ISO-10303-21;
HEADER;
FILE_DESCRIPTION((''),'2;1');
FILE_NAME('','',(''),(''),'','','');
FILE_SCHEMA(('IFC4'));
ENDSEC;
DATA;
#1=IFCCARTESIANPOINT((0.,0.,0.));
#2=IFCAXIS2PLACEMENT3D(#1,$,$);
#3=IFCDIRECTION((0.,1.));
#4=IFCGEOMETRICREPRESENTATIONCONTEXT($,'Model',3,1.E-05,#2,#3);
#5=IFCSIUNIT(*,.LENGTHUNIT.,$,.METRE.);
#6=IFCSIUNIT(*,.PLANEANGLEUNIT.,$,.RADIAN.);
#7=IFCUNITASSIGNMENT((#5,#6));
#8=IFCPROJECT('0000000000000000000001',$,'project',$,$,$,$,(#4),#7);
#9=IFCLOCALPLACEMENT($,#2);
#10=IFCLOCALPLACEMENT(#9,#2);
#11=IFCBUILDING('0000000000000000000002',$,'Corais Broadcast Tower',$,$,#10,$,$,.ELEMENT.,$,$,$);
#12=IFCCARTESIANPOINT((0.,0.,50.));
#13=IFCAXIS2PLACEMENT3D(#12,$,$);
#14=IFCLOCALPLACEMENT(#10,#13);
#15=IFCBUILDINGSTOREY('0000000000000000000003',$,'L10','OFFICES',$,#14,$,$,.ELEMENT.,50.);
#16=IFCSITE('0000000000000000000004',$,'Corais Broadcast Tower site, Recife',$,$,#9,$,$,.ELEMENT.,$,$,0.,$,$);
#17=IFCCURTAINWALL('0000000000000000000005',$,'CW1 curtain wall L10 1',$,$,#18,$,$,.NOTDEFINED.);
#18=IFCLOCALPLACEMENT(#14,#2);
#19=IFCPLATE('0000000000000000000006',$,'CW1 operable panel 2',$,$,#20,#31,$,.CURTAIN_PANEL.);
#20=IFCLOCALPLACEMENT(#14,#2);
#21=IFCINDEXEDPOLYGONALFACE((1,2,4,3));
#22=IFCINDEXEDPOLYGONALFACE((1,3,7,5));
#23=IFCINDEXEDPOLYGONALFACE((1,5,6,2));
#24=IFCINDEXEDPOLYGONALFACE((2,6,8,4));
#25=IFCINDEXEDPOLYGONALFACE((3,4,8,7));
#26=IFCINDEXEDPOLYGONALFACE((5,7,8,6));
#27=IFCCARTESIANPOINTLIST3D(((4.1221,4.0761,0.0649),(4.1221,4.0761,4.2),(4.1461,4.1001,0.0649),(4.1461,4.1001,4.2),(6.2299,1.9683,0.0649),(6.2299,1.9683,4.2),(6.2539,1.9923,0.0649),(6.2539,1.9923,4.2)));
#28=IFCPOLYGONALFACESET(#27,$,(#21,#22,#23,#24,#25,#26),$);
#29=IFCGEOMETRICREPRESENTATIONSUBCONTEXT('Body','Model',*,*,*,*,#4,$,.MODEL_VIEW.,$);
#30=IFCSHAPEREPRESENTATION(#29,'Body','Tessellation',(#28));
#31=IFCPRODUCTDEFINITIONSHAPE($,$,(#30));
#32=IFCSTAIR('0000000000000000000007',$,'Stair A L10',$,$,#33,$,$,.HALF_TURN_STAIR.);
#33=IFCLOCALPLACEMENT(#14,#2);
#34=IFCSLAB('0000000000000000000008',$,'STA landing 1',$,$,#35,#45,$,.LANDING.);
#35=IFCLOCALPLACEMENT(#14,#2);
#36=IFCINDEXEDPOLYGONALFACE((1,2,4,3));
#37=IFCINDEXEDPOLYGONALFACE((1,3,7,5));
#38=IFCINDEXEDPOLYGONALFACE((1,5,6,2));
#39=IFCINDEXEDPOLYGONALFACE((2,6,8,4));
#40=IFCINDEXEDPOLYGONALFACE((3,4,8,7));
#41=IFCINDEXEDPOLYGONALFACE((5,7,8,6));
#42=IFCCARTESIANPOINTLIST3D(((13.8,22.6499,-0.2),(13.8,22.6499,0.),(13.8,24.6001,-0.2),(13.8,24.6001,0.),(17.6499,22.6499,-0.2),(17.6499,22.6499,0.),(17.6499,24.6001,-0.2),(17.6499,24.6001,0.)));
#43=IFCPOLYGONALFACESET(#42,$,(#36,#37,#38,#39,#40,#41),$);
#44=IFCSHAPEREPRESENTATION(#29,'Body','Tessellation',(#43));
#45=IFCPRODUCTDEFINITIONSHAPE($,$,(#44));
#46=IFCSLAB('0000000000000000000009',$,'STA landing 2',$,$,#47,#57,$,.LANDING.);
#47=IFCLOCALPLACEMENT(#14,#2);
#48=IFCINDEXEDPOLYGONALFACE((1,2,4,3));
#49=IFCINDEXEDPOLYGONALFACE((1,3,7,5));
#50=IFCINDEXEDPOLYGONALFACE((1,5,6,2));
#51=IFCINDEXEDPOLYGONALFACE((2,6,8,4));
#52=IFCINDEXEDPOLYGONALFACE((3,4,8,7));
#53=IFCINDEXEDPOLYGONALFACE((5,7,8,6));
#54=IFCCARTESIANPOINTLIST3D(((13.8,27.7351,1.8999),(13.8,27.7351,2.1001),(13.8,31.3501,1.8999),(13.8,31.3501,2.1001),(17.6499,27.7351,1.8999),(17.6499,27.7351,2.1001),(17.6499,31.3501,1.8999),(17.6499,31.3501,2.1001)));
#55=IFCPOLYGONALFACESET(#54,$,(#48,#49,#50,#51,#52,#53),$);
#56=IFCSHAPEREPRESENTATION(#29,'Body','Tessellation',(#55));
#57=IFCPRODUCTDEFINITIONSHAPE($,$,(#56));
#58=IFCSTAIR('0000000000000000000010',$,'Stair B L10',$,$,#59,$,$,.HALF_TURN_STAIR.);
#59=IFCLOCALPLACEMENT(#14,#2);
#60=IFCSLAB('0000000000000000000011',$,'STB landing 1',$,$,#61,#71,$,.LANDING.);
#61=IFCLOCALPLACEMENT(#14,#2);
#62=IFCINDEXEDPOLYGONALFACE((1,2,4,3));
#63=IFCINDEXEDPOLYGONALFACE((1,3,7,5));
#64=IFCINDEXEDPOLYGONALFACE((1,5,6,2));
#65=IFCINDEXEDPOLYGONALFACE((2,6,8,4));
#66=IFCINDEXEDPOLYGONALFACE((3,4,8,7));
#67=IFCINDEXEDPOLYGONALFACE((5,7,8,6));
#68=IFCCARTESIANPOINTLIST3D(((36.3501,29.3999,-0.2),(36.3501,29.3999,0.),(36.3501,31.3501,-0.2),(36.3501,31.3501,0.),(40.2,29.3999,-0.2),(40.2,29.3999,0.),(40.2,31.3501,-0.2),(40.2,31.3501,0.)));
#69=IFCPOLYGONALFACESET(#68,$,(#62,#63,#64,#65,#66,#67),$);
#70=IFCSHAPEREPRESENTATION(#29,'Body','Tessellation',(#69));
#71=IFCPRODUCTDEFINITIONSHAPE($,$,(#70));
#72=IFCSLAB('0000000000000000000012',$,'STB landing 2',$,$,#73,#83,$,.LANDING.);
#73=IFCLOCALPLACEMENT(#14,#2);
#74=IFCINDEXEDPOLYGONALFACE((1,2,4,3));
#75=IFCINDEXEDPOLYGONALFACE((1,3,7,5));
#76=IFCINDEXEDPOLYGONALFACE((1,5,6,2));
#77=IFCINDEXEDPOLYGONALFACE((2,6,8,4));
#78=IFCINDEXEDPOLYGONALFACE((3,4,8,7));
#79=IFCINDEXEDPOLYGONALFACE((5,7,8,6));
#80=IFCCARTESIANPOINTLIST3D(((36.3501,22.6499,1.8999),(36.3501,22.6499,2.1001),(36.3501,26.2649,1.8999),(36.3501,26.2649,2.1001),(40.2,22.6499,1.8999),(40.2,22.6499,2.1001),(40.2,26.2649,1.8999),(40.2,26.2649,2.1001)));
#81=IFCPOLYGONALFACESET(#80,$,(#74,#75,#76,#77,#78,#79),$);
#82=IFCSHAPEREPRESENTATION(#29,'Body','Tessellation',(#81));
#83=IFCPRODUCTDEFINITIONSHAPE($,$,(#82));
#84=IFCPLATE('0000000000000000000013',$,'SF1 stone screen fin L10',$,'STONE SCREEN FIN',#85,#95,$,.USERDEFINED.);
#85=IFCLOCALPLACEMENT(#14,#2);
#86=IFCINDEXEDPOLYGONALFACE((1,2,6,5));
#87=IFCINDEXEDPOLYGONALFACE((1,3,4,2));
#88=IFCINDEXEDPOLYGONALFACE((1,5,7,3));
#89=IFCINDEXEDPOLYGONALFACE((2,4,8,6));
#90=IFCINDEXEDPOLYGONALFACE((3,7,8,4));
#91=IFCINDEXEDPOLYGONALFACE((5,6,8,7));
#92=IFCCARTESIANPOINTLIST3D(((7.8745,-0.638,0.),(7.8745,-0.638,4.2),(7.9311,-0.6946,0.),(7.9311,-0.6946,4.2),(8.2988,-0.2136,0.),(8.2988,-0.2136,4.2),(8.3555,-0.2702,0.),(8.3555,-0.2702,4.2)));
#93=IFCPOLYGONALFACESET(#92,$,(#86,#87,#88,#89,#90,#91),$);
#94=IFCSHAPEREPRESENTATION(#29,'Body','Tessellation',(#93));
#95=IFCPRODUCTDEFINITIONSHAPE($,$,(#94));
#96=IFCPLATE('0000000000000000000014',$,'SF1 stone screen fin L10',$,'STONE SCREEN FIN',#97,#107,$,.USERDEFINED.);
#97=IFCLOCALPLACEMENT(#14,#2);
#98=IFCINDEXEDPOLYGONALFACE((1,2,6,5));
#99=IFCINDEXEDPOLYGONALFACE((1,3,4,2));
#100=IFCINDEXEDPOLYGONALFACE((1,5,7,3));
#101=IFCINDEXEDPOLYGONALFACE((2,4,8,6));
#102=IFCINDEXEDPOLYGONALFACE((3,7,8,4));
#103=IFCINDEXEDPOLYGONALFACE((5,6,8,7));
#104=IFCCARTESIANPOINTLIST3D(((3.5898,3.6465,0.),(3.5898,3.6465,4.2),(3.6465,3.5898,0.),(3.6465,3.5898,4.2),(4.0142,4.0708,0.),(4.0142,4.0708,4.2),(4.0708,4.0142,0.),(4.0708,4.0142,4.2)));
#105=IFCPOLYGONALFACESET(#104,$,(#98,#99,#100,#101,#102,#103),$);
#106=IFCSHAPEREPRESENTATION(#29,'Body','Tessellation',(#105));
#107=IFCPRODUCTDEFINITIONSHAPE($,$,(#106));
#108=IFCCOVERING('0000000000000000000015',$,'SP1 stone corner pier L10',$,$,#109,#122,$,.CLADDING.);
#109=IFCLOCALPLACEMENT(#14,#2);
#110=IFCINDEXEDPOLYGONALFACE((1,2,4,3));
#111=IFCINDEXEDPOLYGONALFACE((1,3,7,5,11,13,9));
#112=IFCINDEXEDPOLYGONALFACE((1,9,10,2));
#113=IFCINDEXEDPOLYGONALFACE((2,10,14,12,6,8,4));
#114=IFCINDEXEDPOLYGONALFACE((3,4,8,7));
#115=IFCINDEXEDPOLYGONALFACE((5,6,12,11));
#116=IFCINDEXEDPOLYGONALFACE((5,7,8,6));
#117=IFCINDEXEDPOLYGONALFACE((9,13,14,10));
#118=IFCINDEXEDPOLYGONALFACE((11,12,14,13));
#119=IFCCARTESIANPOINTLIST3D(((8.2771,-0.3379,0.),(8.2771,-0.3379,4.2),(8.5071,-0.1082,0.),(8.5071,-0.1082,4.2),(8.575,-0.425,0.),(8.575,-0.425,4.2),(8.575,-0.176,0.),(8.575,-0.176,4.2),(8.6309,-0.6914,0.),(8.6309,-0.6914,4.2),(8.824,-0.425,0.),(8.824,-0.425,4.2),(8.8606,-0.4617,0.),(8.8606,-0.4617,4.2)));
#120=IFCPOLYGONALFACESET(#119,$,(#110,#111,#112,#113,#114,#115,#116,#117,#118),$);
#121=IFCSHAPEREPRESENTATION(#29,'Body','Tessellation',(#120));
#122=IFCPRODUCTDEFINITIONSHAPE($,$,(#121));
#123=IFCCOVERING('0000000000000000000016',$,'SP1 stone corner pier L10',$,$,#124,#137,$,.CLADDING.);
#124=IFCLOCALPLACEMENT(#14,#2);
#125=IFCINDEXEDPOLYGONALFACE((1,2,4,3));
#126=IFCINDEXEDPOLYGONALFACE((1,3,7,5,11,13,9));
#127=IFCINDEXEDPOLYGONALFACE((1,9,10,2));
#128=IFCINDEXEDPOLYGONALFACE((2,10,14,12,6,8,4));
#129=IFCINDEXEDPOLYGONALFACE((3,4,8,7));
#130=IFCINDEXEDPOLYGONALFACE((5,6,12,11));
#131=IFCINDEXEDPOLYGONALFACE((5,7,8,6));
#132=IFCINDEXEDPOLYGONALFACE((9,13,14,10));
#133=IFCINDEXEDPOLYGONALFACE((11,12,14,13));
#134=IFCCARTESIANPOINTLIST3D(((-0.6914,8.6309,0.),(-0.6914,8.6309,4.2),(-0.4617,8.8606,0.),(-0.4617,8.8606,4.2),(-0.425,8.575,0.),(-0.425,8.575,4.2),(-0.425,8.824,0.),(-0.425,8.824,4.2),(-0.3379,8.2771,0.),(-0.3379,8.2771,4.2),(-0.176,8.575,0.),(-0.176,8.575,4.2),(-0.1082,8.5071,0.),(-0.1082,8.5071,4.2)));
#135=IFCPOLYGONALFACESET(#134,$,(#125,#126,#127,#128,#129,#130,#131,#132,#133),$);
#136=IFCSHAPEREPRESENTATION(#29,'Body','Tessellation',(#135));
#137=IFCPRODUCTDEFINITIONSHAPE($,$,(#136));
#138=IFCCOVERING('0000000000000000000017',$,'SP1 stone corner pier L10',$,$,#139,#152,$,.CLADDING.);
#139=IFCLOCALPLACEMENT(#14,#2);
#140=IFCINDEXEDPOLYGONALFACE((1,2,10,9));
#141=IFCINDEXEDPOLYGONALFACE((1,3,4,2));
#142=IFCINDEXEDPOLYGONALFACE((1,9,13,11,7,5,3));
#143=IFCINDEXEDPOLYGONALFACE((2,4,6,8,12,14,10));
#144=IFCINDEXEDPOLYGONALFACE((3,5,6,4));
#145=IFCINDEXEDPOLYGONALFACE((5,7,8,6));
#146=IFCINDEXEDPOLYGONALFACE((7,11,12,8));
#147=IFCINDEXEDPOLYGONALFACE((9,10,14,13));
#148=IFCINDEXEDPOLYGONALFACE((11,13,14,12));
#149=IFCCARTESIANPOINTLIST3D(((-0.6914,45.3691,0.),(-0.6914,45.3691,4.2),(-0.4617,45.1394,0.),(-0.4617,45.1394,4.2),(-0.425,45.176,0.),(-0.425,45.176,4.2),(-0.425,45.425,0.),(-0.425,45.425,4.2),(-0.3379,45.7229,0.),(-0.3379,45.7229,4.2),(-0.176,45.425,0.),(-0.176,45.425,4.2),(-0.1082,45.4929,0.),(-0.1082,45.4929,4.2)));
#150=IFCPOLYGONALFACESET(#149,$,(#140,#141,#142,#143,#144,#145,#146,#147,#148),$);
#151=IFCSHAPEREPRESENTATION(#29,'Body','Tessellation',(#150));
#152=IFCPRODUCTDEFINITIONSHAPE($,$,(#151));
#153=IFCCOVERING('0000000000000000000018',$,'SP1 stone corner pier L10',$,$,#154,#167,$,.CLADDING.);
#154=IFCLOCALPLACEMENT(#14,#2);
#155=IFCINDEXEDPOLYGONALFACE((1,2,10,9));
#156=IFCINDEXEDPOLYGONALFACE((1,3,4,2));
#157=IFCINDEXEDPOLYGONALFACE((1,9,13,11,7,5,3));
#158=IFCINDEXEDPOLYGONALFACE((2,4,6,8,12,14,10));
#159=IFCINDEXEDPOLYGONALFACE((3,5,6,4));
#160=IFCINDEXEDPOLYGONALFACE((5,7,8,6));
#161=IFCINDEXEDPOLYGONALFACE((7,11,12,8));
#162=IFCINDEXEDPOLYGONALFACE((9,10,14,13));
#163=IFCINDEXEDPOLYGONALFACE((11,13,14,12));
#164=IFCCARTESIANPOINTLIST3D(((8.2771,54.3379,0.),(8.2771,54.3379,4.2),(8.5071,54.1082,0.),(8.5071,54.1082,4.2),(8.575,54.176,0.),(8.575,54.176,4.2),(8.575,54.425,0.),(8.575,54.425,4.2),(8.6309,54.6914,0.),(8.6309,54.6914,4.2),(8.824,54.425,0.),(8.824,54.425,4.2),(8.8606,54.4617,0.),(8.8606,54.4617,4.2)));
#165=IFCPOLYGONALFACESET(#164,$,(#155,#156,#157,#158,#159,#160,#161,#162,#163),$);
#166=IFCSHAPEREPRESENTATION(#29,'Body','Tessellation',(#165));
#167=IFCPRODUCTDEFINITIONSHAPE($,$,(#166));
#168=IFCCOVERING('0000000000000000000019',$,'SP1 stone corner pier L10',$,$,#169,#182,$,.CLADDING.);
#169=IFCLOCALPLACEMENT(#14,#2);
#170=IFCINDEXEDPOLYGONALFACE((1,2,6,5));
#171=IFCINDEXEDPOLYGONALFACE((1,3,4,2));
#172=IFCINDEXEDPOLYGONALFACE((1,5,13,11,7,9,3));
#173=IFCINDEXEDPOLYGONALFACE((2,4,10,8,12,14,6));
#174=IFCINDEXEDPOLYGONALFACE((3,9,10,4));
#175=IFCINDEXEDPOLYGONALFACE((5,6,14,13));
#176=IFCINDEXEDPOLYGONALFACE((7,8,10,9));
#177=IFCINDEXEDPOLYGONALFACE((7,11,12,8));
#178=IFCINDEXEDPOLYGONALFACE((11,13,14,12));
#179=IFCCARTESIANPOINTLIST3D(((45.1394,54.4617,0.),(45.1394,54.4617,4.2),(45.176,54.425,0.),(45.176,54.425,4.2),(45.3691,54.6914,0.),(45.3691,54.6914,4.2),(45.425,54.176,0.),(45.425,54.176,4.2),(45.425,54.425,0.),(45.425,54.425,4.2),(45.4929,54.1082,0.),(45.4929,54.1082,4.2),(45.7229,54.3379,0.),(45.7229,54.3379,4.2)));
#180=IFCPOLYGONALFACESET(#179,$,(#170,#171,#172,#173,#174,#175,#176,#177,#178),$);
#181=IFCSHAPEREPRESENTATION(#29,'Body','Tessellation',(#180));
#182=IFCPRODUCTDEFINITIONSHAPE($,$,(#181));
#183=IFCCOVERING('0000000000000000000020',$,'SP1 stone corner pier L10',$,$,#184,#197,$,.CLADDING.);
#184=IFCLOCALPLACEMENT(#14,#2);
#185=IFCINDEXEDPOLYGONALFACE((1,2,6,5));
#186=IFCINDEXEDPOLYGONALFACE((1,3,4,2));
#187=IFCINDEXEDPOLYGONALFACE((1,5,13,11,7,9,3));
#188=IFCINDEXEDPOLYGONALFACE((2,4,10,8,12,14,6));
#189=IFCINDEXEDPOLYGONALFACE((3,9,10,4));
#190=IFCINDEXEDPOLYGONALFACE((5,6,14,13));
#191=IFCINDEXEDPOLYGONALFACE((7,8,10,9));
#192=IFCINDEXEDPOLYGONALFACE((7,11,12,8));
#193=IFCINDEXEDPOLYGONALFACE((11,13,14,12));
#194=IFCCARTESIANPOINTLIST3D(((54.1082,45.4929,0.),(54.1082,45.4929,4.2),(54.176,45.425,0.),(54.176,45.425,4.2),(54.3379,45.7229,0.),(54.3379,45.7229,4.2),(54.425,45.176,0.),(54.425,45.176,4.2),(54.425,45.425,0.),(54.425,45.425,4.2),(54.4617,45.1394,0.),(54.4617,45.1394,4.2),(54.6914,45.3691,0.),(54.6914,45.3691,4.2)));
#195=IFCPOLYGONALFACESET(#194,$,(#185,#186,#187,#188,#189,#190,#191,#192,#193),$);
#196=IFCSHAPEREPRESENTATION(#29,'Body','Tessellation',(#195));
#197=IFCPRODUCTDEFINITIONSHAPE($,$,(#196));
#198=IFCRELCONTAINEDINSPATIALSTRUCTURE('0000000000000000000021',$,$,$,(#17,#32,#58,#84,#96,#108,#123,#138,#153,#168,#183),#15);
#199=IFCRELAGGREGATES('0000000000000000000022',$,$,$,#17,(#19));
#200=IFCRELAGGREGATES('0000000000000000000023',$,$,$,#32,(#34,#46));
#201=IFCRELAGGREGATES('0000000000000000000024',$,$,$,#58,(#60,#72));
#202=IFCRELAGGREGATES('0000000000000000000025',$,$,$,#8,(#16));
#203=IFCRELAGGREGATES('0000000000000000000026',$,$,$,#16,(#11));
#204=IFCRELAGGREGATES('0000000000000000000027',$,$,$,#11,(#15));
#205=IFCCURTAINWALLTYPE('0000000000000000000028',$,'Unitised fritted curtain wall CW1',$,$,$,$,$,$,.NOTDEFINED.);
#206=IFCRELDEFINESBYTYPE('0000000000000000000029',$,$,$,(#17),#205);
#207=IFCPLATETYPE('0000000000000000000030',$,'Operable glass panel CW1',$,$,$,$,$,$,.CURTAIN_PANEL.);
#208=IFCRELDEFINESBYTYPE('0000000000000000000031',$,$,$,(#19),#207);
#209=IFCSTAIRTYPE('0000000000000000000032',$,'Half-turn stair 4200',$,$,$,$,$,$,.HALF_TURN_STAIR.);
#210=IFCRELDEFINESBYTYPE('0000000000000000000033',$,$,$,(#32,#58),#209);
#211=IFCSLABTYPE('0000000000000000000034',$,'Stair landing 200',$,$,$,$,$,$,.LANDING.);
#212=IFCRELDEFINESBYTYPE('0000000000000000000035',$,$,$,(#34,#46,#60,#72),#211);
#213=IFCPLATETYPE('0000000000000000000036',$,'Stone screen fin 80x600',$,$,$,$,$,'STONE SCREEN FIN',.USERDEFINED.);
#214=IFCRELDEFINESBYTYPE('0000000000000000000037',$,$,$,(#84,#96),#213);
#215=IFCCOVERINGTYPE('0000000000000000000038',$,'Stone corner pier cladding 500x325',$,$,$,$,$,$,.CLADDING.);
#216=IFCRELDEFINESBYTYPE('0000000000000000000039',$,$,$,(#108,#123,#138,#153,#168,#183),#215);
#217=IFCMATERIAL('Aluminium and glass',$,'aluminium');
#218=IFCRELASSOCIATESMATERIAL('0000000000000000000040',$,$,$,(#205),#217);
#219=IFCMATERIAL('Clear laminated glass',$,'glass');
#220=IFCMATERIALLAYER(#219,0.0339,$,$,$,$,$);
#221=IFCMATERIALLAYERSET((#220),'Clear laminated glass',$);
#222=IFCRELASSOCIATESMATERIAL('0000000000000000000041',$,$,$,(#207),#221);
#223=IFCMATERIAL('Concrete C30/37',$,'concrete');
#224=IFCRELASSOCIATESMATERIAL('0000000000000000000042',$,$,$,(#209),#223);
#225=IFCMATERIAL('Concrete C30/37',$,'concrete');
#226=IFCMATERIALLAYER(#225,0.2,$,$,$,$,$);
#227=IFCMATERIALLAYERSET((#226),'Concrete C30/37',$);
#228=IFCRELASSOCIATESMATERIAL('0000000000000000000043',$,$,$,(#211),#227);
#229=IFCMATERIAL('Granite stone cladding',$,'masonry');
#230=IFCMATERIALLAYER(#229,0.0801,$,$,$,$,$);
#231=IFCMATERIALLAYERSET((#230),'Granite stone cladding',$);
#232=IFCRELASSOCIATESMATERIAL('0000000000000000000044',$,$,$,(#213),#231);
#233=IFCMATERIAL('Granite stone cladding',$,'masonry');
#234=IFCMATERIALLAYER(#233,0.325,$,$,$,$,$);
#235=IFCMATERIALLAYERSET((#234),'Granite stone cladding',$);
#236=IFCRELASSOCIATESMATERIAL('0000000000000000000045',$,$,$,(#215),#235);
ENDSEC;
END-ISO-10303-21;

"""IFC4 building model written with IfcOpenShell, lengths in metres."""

from ifc_helpers import new_model, si_unit, direction, frame, origin, origin_2d, place, context, subcontext, project, spatial, polyline, rectangle, outline, extrude, material, layer, layer_set, type_object, element, aggregate, save


model = new_model("IFC4")

# Units and contexts
model_context = context("Model", 3, precision=1e-05, world=origin(), true_north=direction((0.0, 1.0)))
body_context = subcontext(model_context, "Body", "Model", "MODEL_VIEW")
ifc_project = project(units=[si_unit("LENGTHUNIT", "METRE"), si_unit("PLANEANGLEUNIT", "RADIAN")], contexts=[model_context])

# Site, building, storey
site_placement = place(None, origin())
site = spatial("IfcSite", under=ifc_project, at=site_placement, Name="Corais Broadcast Tower site, Recife", CompositionType="ELEMENT", RefElevation=0.0)
building_placement = place(site_placement, origin())
building = spatial("IfcBuilding", under=site, at=building_placement, Name="Corais Broadcast Tower", CompositionType="ELEMENT")
storey_placement = place(building_placement, frame((0.0, 0.0, 50.0)))
storey = spatial("IfcBuildingStorey", under=building, at=storey_placement, Name="L10", Description="OFFICES", CompositionType="ELEMENT", Elevation=50.0)

# Curtain wall
ifc_material_1 = material(Name="Aluminium and glass", Category="aluminium")
curtain_wall_type = type_object("IfcCurtainWallType", Name="Unitised fritted curtain wall CW1", PredefinedType="NOTDEFINED", material=ifc_material_1)
curtain_wall_placement = place(storey_placement, origin())
curtain_wall = element("IfcCurtainWall", 1, at=curtain_wall_placement, inside=storey, type_object=curtain_wall_type, Name="CW1 curtain wall L10 1", PredefinedType="NOTDEFINED")

# Plate
ifc_material_2 = material(Name="Clear laminated glass", Category="glass")
ifc_layer_1 = layer(ifc_material_2, 0.0339)
ifc_layer_set_1 = layer_set([ifc_layer_1], Name="Clear laminated glass")
plate_type_1 = type_object("IfcPlateType", Name="Operable glass panel CW1", PredefinedType="CURTAIN_PANEL", material=ifc_layer_set_1)
plate_1_placement = place(storey_placement, frame((5.188, 3.0342, 0.0649), z_axis=(0.0, 0.0, 1.0), x_axis=(-0.707107, 0.707107, 0.0)))
plate_1 = element("IfcPlate", 2, at=plate_1_placement, type_object=plate_type_1, Name="CW1 operable panel 2", PredefinedType="CURTAIN_PANEL", context=body_context, shape_type="SweptSolid", body=[
    extrude(rectangle(XDim=2.981, YDim=0.0339, at=origin_2d()), origin(), (0.0, 0.0, 1.0), 4.135),
])
aggregate(curtain_wall, [plate_1])

# Stairs, slabs
ifc_material_3 = material(Name="Concrete C30/37", Category="concrete")
stair_type = type_object("IfcStairType", Name="Half-turn stair 4200", PredefinedType="HALF_TURN_STAIR", material=ifc_material_3)
stair_1_placement = place(storey_placement, origin())
stair_1 = element("IfcStair", 3, at=stair_1_placement, inside=storey, type_object=stair_type, Name="Stair A L10", PredefinedType="HALF_TURN_STAIR")
ifc_material_4 = material(Name="Concrete C30/37", Category="concrete")
ifc_layer_2 = layer(ifc_material_4, 0.2)
ifc_layer_set_2 = layer_set([ifc_layer_2], Name="Concrete C30/37")
slab_type_1 = type_object("IfcSlabType", Name="Stair landing 200", PredefinedType="LANDING", material=ifc_layer_set_2)
slab_1_placement = place(storey_placement, frame((0.0, 0.0, -0.2)))
slab_1 = element("IfcSlab", 4, at=slab_1_placement, type_object=slab_type_1, Name="STA landing 1", PredefinedType="LANDING", context=body_context, shape_type="SweptSolid", body=[
    extrude(outline(polyline([(13.8, 22.6499), (17.6499, 22.6499), (17.6499, 24.6001), (13.8, 24.6001), (13.8, 22.6499)])), origin(), (0.0, 0.0, 1.0), 0.2),
])
slab_2_placement = place(storey_placement, frame((0.0, 0.0, 1.8999)))
slab_2 = element("IfcSlab", 5, at=slab_2_placement, type_object=slab_type_1, Name="STA landing 2", PredefinedType="LANDING", context=body_context, shape_type="SweptSolid", body=[
    extrude(outline(polyline([(13.8, 27.7351), (17.6499, 27.7351), (17.6499, 31.3501), (13.8, 31.3501), (13.8, 27.7351)])), origin(), (0.0, 0.0, 1.0), 0.2002),
])
aggregate(stair_1, [slab_1, slab_2])
stair_2_placement = place(storey_placement, origin())
stair_2 = element("IfcStair", 6, at=stair_2_placement, inside=storey, type_object=stair_type, Name="Stair B L10", PredefinedType="HALF_TURN_STAIR")
slab_3_placement = place(storey_placement, frame((0.0, 0.0, -0.2)))
slab_3 = element("IfcSlab", 7, at=slab_3_placement, type_object=slab_type_1, Name="STB landing 1", PredefinedType="LANDING", context=body_context, shape_type="SweptSolid", body=[
    extrude(outline(polyline([(36.3501, 29.3999), (40.2, 29.3999), (40.2, 31.3501), (36.3501, 31.3501), (36.3501, 29.3999)])), origin(), (0.0, 0.0, 1.0), 0.2),
])
slab_4_placement = place(storey_placement, frame((0.0, 0.0, 1.8999)))
slab_4 = element("IfcSlab", 8, at=slab_4_placement, type_object=slab_type_1, Name="STB landing 2", PredefinedType="LANDING", context=body_context, shape_type="SweptSolid", body=[
    extrude(outline(polyline([(36.3501, 22.6499), (40.2, 22.6499), (40.2, 26.2649), (36.3501, 26.2649), (36.3501, 22.6499)])), origin(), (0.0, 0.0, 1.0), 0.2002),
])
aggregate(stair_2, [slab_3, slab_4])

# Plates
ifc_material_5 = material(Name="Granite stone cladding", Category="masonry")
ifc_layer_3 = layer(ifc_material_5, 0.0801)
ifc_layer_set_3 = layer_set([ifc_layer_3], Name="Granite stone cladding")
plate_type_2 = type_object("IfcPlateType", Name="Stone screen fin 80x600", ElementType="STONE SCREEN FIN", PredefinedType="USERDEFINED", material=ifc_layer_set_3)
for number, where, z_axis, x_axis, name in (
    (9, (8.115, -0.4541, 0.0), (0.0, 0.0, 1.0), (-0.707107, 0.707107, 0.0), "SF1 stone screen fin L10"),
    (10, (3.8303, 3.8303, 0.0), (0.0, 0.0, 1.0), (-0.707107, 0.707107, 0.0), "SF1 stone screen fin L10"),
):
    element("IfcPlate", number, at=place(storey_placement, frame(where, z_axis=z_axis, x_axis=x_axis)), inside=storey, type_object=plate_type_2, Name=name, ObjectType="STONE SCREEN FIN", PredefinedType="USERDEFINED", context=body_context, shape_type="SweptSolid", body=[
        extrude(rectangle(XDim=0.0801, YDim=0.6001, at=origin_2d()), origin(), (0.0, 0.0, 1.0), 4.2),
    ])

# Coverings
ifc_material_6 = material(Name="Granite stone cladding", Category="masonry")
ifc_layer_4 = layer(ifc_material_6, 0.325)
ifc_layer_set_4 = layer_set([ifc_layer_4], Name="Granite stone cladding")
covering_type_1 = type_object("IfcCoveringType", Name="Stone corner pier cladding 500x325", PredefinedType="CLADDING", material=ifc_layer_set_4)
covering_1_placement = place(storey_placement, origin())
element("IfcCovering", 11, at=covering_1_placement, inside=storey, type_object=covering_type_1, Name="SP1 stone corner pier L10", PredefinedType="CLADDING", context=body_context, shape_type="SweptSolid", body=[
    extrude(outline(polyline([(8.8606, -0.4617), (8.824, -0.425), (8.575, -0.425), (8.575, -0.176), (8.5071, -0.1082), (8.2771, -0.3379), (8.6309, -0.6914), (8.8606, -0.4617)])), origin(), (0.0, 0.0, 1.0), 4.2),
])
covering_2_placement = place(storey_placement, origin())
element("IfcCovering", 12, at=covering_2_placement, inside=storey, type_object=covering_type_1, Name="SP1 stone corner pier L10", PredefinedType="CLADDING", context=body_context, shape_type="SweptSolid", body=[
    extrude(outline(polyline([(-0.425, 8.824), (-0.4617, 8.8606), (-0.6914, 8.6309), (-0.3379, 8.2771), (-0.1082, 8.5071), (-0.176, 8.575), (-0.425, 8.575), (-0.425, 8.824)])), origin(), (0.0, 0.0, 1.0), 4.2),
])
covering_3_placement = place(storey_placement, origin())
element("IfcCovering", 13, at=covering_3_placement, inside=storey, type_object=covering_type_1, Name="SP1 stone corner pier L10", PredefinedType="CLADDING", context=body_context, shape_type="SweptSolid", body=[
    extrude(outline(polyline([(-0.4617, 45.1394), (-0.425, 45.176), (-0.425, 45.425), (-0.176, 45.425), (-0.1082, 45.4929), (-0.3379, 45.7229), (-0.6914, 45.3691), (-0.4617, 45.1394)])), origin(), (0.0, 0.0, 1.0), 4.2),
])
covering_4_placement = place(storey_placement, origin())
element("IfcCovering", 14, at=covering_4_placement, inside=storey, type_object=covering_type_1, Name="SP1 stone corner pier L10", PredefinedType="CLADDING", context=body_context, shape_type="SweptSolid", body=[
    extrude(outline(polyline([(8.824, 54.425), (8.8606, 54.4617), (8.6309, 54.6914), (8.2771, 54.3379), (8.5071, 54.1082), (8.575, 54.176), (8.575, 54.425), (8.824, 54.425)])), origin(), (0.0, 0.0, 1.0), 4.2),
])
covering_5_placement = place(storey_placement, origin())
element("IfcCovering", 15, at=covering_5_placement, inside=storey, type_object=covering_type_1, Name="SP1 stone corner pier L10", PredefinedType="CLADDING", context=body_context, shape_type="SweptSolid", body=[
    extrude(outline(polyline([(45.1394, 54.4617), (45.176, 54.425), (45.425, 54.425), (45.425, 54.176), (45.4929, 54.1082), (45.7229, 54.3379), (45.3691, 54.6914), (45.1394, 54.4617)])), origin(), (0.0, 0.0, 1.0), 4.2),
])
covering_6_placement = place(storey_placement, origin())
element("IfcCovering", 16, at=covering_6_placement, inside=storey, type_object=covering_type_1, Name="SP1 stone corner pier L10", PredefinedType="CLADDING", context=body_context, shape_type="SweptSolid", body=[
    extrude(outline(polyline([(54.425, 45.176), (54.4617, 45.1394), (54.6914, 45.3691), (54.3379, 45.7229), (54.1082, 45.4929), (54.176, 45.425), (54.425, 45.425), (54.425, 45.176)])), origin(), (0.0, 0.0, 1.0), 4.2),
])

save(model, "model.ifc")
